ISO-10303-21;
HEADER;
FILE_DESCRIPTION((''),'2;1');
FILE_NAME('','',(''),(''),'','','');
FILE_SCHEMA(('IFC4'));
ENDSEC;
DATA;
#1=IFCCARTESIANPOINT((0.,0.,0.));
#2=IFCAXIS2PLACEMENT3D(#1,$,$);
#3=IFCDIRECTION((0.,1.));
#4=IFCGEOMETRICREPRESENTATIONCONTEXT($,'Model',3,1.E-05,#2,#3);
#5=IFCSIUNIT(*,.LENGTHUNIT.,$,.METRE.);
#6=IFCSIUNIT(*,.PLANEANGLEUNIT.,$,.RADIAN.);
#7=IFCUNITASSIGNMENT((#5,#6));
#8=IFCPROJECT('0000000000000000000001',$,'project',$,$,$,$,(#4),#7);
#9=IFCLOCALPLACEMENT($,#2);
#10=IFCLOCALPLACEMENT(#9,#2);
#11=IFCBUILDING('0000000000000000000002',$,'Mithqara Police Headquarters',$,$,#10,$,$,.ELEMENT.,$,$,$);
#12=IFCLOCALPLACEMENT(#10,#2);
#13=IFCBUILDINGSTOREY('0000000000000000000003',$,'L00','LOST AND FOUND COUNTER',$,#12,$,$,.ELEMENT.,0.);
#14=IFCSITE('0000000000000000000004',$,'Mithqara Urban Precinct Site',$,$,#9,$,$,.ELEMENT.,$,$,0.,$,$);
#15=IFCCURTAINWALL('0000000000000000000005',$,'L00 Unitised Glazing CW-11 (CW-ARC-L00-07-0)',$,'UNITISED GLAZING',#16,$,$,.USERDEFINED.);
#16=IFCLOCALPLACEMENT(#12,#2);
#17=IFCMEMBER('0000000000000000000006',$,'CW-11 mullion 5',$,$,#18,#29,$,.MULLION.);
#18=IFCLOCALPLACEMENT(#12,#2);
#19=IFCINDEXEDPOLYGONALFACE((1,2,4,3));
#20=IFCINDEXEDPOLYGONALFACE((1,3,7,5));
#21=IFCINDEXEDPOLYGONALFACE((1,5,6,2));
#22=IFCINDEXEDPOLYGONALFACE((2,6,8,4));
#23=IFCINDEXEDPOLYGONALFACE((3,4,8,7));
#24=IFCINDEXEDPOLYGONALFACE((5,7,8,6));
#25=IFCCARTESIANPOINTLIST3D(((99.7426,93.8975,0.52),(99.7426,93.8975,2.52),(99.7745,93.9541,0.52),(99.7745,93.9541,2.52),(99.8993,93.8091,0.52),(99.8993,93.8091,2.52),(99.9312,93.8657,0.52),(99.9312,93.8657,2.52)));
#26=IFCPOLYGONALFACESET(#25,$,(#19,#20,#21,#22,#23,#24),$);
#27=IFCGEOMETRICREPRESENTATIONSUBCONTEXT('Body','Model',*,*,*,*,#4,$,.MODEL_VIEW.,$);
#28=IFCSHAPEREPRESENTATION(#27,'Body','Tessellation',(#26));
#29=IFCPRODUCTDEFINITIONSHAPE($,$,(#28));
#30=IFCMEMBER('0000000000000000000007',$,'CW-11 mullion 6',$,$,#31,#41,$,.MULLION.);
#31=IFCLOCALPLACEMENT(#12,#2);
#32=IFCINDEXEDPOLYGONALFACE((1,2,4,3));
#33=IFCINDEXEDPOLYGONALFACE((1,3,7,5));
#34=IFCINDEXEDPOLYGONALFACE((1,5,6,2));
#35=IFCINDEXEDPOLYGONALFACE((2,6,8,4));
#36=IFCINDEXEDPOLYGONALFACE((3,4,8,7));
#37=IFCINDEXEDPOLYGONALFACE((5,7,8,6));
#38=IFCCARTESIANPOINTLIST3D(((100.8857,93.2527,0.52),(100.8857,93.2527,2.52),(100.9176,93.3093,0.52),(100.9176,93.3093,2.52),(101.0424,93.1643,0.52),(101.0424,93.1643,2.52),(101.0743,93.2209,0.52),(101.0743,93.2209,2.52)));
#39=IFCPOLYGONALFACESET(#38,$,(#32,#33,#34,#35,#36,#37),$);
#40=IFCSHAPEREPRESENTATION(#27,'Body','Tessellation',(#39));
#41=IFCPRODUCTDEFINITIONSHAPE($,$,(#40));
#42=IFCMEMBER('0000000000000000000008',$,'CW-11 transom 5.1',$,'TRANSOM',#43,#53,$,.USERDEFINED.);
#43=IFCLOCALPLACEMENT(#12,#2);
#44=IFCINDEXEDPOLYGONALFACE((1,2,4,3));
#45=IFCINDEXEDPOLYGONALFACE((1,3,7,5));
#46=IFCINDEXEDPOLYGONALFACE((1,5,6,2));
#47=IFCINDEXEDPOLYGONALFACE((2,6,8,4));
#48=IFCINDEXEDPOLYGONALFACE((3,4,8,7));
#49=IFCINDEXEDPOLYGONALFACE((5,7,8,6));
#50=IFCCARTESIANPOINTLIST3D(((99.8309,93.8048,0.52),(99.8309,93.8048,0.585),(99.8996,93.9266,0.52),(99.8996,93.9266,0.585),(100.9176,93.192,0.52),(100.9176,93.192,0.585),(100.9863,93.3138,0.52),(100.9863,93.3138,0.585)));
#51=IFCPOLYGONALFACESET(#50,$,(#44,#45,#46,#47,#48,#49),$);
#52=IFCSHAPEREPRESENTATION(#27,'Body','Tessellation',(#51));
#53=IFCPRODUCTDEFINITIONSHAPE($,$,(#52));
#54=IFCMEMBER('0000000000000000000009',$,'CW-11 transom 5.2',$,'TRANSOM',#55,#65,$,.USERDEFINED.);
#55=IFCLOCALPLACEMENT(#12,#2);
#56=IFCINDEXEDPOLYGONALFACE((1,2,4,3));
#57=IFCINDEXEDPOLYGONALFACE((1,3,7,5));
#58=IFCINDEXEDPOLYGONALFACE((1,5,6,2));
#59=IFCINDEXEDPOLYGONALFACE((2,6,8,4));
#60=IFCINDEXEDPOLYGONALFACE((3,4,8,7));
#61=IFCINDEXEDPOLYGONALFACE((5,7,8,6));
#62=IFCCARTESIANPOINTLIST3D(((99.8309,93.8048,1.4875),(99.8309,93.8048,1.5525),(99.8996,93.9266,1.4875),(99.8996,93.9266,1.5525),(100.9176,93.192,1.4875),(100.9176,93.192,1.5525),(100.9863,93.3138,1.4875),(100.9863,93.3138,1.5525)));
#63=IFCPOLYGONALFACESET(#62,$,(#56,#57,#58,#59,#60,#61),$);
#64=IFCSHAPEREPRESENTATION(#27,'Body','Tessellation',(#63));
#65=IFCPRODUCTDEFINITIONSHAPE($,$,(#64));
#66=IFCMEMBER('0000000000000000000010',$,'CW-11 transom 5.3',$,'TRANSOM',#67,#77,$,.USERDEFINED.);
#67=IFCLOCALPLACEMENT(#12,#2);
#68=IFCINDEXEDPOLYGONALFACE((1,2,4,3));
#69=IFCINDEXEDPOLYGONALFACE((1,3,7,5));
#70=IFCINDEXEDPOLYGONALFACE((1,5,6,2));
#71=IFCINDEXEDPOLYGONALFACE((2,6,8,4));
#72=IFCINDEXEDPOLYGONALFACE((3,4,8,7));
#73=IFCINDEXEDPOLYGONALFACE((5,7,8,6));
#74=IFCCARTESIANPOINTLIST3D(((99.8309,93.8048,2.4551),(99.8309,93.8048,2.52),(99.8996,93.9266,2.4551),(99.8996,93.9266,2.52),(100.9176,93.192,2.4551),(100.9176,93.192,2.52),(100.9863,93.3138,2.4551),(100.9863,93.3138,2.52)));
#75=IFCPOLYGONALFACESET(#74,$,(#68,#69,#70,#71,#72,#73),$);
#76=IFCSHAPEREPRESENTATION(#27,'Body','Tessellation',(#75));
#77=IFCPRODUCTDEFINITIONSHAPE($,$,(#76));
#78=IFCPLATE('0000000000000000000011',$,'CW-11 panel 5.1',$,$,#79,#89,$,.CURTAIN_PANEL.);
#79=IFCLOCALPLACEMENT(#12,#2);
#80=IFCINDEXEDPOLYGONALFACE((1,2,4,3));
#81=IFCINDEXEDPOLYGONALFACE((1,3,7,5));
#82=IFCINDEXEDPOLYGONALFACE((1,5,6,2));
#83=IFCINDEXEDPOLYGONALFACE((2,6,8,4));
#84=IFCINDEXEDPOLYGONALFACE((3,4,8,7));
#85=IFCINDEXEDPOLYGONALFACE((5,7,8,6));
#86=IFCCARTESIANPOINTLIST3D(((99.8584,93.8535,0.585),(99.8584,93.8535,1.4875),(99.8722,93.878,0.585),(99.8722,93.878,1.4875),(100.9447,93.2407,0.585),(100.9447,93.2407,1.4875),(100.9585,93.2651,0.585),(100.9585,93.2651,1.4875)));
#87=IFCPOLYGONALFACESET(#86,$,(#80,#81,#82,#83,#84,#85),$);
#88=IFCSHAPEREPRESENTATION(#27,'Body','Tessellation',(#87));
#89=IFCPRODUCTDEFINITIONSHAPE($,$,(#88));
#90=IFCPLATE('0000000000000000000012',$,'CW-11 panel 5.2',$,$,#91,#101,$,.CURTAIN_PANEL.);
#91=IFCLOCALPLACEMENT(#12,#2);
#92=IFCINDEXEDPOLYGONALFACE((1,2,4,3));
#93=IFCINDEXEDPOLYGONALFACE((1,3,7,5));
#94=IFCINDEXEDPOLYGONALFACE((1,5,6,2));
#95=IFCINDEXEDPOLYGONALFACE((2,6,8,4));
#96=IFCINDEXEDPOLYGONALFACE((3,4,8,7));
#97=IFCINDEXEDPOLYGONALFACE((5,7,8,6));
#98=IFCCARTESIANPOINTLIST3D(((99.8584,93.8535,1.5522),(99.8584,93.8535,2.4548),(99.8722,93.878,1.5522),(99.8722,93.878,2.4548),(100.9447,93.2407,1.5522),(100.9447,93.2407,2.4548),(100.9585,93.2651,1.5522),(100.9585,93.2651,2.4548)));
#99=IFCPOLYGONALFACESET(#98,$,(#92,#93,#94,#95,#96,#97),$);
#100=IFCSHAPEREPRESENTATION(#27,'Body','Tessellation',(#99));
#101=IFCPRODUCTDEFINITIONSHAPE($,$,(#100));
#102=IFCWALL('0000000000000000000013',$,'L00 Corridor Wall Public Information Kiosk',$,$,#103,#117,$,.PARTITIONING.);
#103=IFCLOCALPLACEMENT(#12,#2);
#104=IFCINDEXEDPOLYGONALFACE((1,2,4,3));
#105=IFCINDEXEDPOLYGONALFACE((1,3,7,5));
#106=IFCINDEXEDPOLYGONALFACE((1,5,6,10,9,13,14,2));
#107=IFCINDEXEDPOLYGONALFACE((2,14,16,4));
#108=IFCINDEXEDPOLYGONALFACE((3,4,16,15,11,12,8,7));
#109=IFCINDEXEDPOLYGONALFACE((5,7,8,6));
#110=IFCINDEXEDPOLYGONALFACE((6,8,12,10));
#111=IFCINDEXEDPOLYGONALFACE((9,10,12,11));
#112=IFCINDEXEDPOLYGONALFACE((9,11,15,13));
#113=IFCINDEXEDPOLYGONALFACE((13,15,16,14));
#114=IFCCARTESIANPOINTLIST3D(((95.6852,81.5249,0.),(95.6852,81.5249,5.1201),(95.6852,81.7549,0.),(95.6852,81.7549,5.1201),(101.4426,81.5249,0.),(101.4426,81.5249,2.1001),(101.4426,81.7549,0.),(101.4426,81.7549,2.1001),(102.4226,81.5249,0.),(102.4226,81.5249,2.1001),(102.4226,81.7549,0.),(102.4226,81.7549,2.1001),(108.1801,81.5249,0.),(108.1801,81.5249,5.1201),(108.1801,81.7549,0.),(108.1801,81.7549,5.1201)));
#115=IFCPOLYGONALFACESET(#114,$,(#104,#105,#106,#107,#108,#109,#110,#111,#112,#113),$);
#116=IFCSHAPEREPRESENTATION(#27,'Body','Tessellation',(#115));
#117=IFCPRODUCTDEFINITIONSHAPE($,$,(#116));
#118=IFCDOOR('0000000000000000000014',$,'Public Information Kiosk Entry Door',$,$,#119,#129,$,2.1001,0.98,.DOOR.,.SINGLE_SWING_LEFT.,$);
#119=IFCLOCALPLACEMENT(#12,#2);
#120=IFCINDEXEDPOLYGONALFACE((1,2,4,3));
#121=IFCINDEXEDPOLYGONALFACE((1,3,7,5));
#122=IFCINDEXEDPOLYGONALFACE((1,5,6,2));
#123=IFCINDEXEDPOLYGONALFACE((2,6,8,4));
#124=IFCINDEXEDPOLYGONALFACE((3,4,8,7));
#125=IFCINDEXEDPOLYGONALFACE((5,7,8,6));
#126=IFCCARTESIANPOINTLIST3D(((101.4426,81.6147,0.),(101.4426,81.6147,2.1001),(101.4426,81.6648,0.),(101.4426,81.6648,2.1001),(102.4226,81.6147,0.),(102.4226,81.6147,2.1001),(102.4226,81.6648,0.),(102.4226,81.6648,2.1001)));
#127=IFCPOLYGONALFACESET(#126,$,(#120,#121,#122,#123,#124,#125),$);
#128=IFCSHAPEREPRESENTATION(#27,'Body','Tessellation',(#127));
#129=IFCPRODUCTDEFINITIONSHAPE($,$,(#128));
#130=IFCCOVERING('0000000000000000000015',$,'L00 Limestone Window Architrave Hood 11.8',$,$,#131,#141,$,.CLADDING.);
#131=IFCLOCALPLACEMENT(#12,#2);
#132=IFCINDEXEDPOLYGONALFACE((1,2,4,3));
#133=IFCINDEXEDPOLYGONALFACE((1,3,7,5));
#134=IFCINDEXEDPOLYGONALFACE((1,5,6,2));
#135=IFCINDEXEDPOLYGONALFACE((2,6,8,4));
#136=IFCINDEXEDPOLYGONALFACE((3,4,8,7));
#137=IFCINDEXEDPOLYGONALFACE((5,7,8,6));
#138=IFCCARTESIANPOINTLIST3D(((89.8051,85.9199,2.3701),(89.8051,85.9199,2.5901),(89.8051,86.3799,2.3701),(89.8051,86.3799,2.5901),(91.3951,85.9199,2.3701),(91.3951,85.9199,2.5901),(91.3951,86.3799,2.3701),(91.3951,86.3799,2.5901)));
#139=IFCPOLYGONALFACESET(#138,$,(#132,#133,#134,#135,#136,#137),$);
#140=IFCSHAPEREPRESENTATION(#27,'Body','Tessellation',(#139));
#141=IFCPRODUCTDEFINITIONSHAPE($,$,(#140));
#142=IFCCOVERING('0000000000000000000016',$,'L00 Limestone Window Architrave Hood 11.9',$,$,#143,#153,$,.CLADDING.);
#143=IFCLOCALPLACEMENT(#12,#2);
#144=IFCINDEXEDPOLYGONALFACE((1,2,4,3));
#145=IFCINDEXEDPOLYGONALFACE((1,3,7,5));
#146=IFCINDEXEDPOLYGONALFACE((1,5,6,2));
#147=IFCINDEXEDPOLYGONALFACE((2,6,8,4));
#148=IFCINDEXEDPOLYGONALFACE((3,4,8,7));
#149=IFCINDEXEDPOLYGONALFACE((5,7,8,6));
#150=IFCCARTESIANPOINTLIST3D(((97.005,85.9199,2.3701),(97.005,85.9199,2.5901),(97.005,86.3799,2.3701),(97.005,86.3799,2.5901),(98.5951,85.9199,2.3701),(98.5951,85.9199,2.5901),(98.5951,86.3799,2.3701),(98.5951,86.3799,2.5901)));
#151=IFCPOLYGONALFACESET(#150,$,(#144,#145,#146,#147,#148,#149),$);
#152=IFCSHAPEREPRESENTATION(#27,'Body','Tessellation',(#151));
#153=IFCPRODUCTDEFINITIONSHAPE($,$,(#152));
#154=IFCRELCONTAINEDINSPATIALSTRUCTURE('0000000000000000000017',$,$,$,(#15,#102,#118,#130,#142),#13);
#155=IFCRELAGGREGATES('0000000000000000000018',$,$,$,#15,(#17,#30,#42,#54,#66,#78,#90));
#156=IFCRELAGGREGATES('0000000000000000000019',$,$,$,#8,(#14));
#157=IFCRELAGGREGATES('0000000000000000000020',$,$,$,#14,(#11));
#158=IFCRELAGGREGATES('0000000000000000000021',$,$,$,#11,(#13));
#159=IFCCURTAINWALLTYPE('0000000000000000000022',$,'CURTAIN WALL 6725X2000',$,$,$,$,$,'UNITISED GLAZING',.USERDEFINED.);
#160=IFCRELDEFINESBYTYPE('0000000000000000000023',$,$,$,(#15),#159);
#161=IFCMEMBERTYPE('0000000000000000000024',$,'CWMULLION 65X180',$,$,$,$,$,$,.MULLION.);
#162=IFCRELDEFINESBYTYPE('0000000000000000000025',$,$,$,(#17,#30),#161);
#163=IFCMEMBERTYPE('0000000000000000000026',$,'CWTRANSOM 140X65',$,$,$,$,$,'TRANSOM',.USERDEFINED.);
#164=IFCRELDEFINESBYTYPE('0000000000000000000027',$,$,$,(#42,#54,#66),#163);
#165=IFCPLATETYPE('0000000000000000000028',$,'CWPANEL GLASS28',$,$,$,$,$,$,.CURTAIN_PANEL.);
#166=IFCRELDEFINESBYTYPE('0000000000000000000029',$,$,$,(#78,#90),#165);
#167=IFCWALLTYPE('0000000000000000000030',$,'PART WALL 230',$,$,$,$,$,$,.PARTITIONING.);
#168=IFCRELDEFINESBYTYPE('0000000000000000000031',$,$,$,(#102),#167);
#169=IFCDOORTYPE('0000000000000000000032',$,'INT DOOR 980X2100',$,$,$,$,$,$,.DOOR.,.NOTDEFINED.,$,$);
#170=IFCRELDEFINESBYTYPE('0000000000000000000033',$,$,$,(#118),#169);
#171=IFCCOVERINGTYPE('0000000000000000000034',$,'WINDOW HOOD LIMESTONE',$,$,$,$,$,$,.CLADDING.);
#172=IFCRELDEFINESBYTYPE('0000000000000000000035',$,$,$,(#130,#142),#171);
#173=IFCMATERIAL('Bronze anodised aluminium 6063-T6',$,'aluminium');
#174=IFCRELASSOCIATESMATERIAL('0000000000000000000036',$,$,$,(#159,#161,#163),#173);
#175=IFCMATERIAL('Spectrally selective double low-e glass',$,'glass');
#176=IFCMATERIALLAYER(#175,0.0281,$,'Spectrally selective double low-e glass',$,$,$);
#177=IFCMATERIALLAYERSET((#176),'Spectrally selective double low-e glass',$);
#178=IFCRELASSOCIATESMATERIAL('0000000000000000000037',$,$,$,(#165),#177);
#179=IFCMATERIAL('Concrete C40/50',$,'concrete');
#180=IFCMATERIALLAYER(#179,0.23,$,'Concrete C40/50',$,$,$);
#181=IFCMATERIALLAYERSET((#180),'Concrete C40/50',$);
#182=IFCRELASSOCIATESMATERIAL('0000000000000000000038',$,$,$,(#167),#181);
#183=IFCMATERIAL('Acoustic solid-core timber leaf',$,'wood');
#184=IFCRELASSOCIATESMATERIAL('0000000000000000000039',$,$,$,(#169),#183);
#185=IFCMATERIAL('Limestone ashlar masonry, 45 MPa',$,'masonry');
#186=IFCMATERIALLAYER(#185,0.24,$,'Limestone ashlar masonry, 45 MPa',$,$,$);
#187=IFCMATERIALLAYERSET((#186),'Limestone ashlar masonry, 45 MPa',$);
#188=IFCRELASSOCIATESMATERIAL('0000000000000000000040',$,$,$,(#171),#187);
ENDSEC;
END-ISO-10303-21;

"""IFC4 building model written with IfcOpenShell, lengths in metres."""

from ifc_helpers import new_model, si_unit, direction, frame, frame_2d, origin, origin_2d, place, context, subcontext, project, spatial, rectangle, extrude, material, layer, layer_set, material_profile, profile_set, type_object, element, fill, aggregate, save


model = new_model("IFC4")

# Units and contexts
model_context = context("Model", 3, precision=1e-05, world=origin(), true_north=direction((0.0, 1.0)))
body_context = subcontext(model_context, "Body", "Model", "MODEL_VIEW")
ifc_project = project(units=[si_unit("LENGTHUNIT", "METRE"), si_unit("PLANEANGLEUNIT", "RADIAN")], contexts=[model_context])

# Site, building, storey
site_placement = place(None, origin())
site = spatial("IfcSite", under=ifc_project, at=site_placement, Name="Mithqara Urban Precinct Site", CompositionType="ELEMENT", RefElevation=0.0)
building_placement = place(site_placement, origin())
building = spatial("IfcBuilding", under=site, at=building_placement, Name="Mithqara Police Headquarters", CompositionType="ELEMENT")
storey_placement = place(building_placement, origin())
storey = spatial("IfcBuildingStorey", under=building, at=storey_placement, Name="L00", Description="LOST AND FOUND COUNTER", CompositionType="ELEMENT", Elevation=0.0)

# Shared definitions
ifc_material_1 = material(Name="Concrete C40/50", Category="concrete")

# Curtain wall, members, plates
ifc_material_2 = material(Name="Bronze anodised aluminium 6063-T6", Category="aluminium")
curtain_wall_type = type_object("IfcCurtainWallType", Name="CURTAIN WALL 6725X2000", ElementType="UNITISED GLAZING", PredefinedType="USERDEFINED", material=ifc_material_2)
curtain_wall_placement = place(storey_placement, origin())
curtain_wall = element("IfcCurtainWall", 1, at=curtain_wall_placement, inside=storey, type_object=curtain_wall_type, Name="L00 Unitised Glazing CW-11 (CW-ARC-L00-07-0)", ObjectType="UNITISED GLAZING", PredefinedType="USERDEFINED")
ifc_material_profile_1 = material_profile(ifc_material_2, rectangle(XDim=0.0649, YDim=0.1799, at=origin_2d()), Name="CWM 65x180")
ifc_profile_set_1 = profile_set([ifc_material_profile_1], Name="Bronze anodised aluminium 6063-T6")
member_type_1 = type_object("IfcMemberType", Name="CWMULLION 65X180", PredefinedType="MULLION", material=ifc_profile_set_1)
member_1_placement = place(storey_placement, frame((99.8369, 93.8816, 0.52), z_axis=(0.0, 0.0, 1.0), x_axis=(0.491316, 0.870982, 0.0)))
member_1 = element("IfcMember", 2, at=member_1_placement, type_object=member_type_1, Name="CW-11 mullion 5", PredefinedType="MULLION", context=body_context, shape_type="SweptSolid", body=[
    extrude(rectangle(XDim=0.0649, YDim=0.1799, at=origin_2d()), origin(), (0.0, 0.0, 1.0), 2.0),
])
member_2_placement = place(storey_placement, frame((100.98, 93.2368, 0.52), z_axis=(0.0, 0.0, 1.0), x_axis=(0.491316, 0.870982, 0.0)))
member_2 = element("IfcMember", 3, at=member_2_placement, type_object=member_type_1, Name="CW-11 mullion 6", PredefinedType="MULLION", context=body_context, shape_type="SweptSolid", body=[
    extrude(rectangle(XDim=0.0649, YDim=0.1799, at=origin_2d()), origin(), (0.0, 0.0, 1.0), 2.0),
])
ifc_material_profile_2 = material_profile(ifc_material_2, rectangle(XDim=0.1399, YDim=0.0649, at=origin_2d()), Name="CWT 140x65")
ifc_profile_set_2 = profile_set([ifc_material_profile_2], Name="Bronze anodised aluminium 6063-T6")
member_type_2 = type_object("IfcMemberType", Name="CWTRANSOM 140X65", ElementType="TRANSOM", PredefinedType="USERDEFINED", material=ifc_profile_set_2)
member_3_placement = place(storey_placement, frame((99.8652, 93.8657, 0.5525), z_axis=(0.871047, -0.491199, 0.0), x_axis=(0.491199, 0.871047, 0.0)))
member_3 = element("IfcMember", 4, at=member_3_placement, type_object=member_type_2, Name="CW-11 transom 5.1", ObjectType="TRANSOM", PredefinedType="USERDEFINED", context=body_context, shape_type="SweptSolid", body=[
    extrude(rectangle(XDim=0.1399, YDim=0.0649, at=origin_2d()), origin(), (0.0, 0.0, 1.0), 1.2476),
])
member_4_placement = place(storey_placement, frame((99.8652, 93.8657, 1.52), z_axis=(0.871047, -0.491199, 0.0), x_axis=(0.491199, 0.871047, 0.0)))
member_4 = element("IfcMember", 5, at=member_4_placement, type_object=member_type_2, Name="CW-11 transom 5.2", ObjectType="TRANSOM", PredefinedType="USERDEFINED", context=body_context, shape_type="SweptSolid", body=[
    extrude(rectangle(XDim=0.1399, YDim=0.0649, at=origin_2d()), origin(), (0.0, 0.0, 1.0), 1.2476),
])
member_5_placement = place(storey_placement, frame((99.8652, 93.8657, 2.4875), z_axis=(0.871047, -0.491199, 0.0), x_axis=(0.491199, 0.871047, 0.0)))
member_5 = element("IfcMember", 6, at=member_5_placement, type_object=member_type_2, Name="CW-11 transom 5.3", ObjectType="TRANSOM", PredefinedType="USERDEFINED", context=body_context, shape_type="SweptSolid", body=[
    extrude(rectangle(XDim=0.1399, YDim=0.0649, at=origin_2d()), origin(), (0.0, 0.0, 1.0), 1.2476),
])
ifc_material_3 = material(Name="Spectrally selective double low-e glass", Category="glass")
ifc_layer_1 = layer(ifc_material_3, 0.0281, Name="Spectrally selective double low-e glass")
ifc_layer_set_1 = layer_set([ifc_layer_1], Name="Spectrally selective double low-e glass")
plate_type = type_object("IfcPlateType", Name="CWPANEL GLASS28", PredefinedType="CURTAIN_PANEL", material=ifc_layer_set_1)
plate_1_placement = place(storey_placement, frame((100.4084, 93.5593, 0.585), z_axis=(0.0, 0.0, 1.0), x_axis=(0.870982, -0.491316, 0.0)))
plate_1 = element("IfcPlate", 7, at=plate_1_placement, type_object=plate_type, Name="CW-11 panel 5.1", PredefinedType="CURTAIN_PANEL", context=body_context, shape_type="SweptSolid", body=[
    extrude(rectangle(XDim=1.2473, YDim=0.0281, at=origin_2d()), origin(), (0.0, 0.0, 1.0), 0.9026),
])
plate_2_placement = place(storey_placement, frame((100.4084, 93.5593, 1.5522), z_axis=(0.0, 0.0, 1.0), x_axis=(0.870982, -0.491316, 0.0)))
plate_2 = element("IfcPlate", 8, at=plate_2_placement, type_object=plate_type, Name="CW-11 panel 5.2", PredefinedType="CURTAIN_PANEL", context=body_context, shape_type="SweptSolid", body=[
    extrude(rectangle(XDim=1.2473, YDim=0.0281, at=origin_2d()), origin(), (0.0, 0.0, 1.0), 0.9026),
])
aggregate(curtain_wall, [member_1, member_2, member_3, member_4, member_5, plate_1, plate_2])

# Wall, opening, door
ifc_layer_2 = layer(ifc_material_1, 0.23, Name="Concrete C40/50")
ifc_layer_set_2 = layer_set([ifc_layer_2], Name="Concrete C40/50")
wall_type = type_object("IfcWallType", Name="PART WALL 230", PredefinedType="PARTITIONING", material=ifc_layer_set_2)
wall_placement = place(storey_placement, frame((95.6851, 81.6399, 0.0), z_axis=(0.0, 0.0, 1.0), x_axis=(1.0, 0.0, 0.0)))
wall = element("IfcWall", 9, at=wall_placement, inside=storey, type_object=wall_type, Name="L00 Corridor Wall Public Information Kiosk", PredefinedType="PARTITIONING", context=body_context, shape_type="SweptSolid", body=[
    extrude(rectangle(XDim=12.4949, YDim=0.23, at=frame_2d((6.2476, 0.0))), origin(), (0.0, 0.0, 1.0), 5.1201),
])
opening_placement = place(wall_placement, frame((5.7576, 0.0, 0.0)))
opening = element("IfcOpeningElement", 10, at=opening_placement, cuts=wall, PredefinedType="OPENING", context=body_context, shape_type="SweptSolid", body=[
    extrude(rectangle(XDim=0.98, YDim=2.1001, at=frame_2d((0.49, 1.05))), frame((0.0, 0.125, 0.0), z_axis=(0.0, -1.0, 0.0), x_axis=(1.0, 0.0, 0.0)), (0.0, 0.0, 1.0), 0.25),
])
ifc_material_4 = material(Name="Acoustic solid-core timber leaf", Category="wood")
door_type = type_object("IfcDoorType", Name="INT DOOR 980X2100", OperationType="NOTDEFINED", PredefinedType="DOOR", material=ifc_material_4)
door_placement = place(opening_placement, origin())
door = element("IfcDoor", 11, at=door_placement, inside=storey, type_object=door_type, Name="Public Information Kiosk Entry Door", OperationType="SINGLE_SWING_LEFT", OverallHeight=2.1001, OverallWidth=0.98, PredefinedType="DOOR", context=body_context, shape_type="SweptSolid", body=[
    extrude(rectangle(XDim=0.98, YDim=2.1001, at=frame_2d((0.49, 1.05))), frame((0.0, 0.0249, 0.0), z_axis=(0.0, -1.0, 0.0), x_axis=(1.0, 0.0, 0.0)), (0.0, 0.0, 1.0), 0.05),
])
fill(opening, door)

# Coverings
ifc_material_5 = material(Name="Limestone ashlar masonry, 45 MPa", Category="masonry")
ifc_layer_3 = layer(ifc_material_5, 0.24, Name="Limestone ashlar masonry, 45 MPa")
ifc_layer_set_3 = layer_set([ifc_layer_3], Name="Limestone ashlar masonry, 45 MPa")
covering_type = type_object("IfcCoveringType", Name="WINDOW HOOD LIMESTONE", PredefinedType="CLADDING", material=ifc_layer_set_3)
for number, where, z_axis, x_axis, name in (
    (12, (90.6001, 86.1499, 2.3701), (0.0, 0.0, 1.0), (1.0, 0.0, 0.0), "L00 Limestone Window Architrave Hood 11.8"),
    (13, (97.8, 86.1499, 2.3701), (0.0, 0.0, 1.0), (1.0, 0.0, 0.0), "L00 Limestone Window Architrave Hood 11.9"),
):
    element("IfcCovering", number, at=place(storey_placement, frame(where, z_axis=z_axis, x_axis=x_axis)), inside=storey, type_object=covering_type, Name=name, PredefinedType="CLADDING", context=body_context, shape_type="SweptSolid", body=[
        extrude(rectangle(XDim=1.5901, YDim=0.46, at=origin_2d()), origin(), (0.0, 0.0, 1.0), 0.22),
    ])

save(model, "model.ifc")
